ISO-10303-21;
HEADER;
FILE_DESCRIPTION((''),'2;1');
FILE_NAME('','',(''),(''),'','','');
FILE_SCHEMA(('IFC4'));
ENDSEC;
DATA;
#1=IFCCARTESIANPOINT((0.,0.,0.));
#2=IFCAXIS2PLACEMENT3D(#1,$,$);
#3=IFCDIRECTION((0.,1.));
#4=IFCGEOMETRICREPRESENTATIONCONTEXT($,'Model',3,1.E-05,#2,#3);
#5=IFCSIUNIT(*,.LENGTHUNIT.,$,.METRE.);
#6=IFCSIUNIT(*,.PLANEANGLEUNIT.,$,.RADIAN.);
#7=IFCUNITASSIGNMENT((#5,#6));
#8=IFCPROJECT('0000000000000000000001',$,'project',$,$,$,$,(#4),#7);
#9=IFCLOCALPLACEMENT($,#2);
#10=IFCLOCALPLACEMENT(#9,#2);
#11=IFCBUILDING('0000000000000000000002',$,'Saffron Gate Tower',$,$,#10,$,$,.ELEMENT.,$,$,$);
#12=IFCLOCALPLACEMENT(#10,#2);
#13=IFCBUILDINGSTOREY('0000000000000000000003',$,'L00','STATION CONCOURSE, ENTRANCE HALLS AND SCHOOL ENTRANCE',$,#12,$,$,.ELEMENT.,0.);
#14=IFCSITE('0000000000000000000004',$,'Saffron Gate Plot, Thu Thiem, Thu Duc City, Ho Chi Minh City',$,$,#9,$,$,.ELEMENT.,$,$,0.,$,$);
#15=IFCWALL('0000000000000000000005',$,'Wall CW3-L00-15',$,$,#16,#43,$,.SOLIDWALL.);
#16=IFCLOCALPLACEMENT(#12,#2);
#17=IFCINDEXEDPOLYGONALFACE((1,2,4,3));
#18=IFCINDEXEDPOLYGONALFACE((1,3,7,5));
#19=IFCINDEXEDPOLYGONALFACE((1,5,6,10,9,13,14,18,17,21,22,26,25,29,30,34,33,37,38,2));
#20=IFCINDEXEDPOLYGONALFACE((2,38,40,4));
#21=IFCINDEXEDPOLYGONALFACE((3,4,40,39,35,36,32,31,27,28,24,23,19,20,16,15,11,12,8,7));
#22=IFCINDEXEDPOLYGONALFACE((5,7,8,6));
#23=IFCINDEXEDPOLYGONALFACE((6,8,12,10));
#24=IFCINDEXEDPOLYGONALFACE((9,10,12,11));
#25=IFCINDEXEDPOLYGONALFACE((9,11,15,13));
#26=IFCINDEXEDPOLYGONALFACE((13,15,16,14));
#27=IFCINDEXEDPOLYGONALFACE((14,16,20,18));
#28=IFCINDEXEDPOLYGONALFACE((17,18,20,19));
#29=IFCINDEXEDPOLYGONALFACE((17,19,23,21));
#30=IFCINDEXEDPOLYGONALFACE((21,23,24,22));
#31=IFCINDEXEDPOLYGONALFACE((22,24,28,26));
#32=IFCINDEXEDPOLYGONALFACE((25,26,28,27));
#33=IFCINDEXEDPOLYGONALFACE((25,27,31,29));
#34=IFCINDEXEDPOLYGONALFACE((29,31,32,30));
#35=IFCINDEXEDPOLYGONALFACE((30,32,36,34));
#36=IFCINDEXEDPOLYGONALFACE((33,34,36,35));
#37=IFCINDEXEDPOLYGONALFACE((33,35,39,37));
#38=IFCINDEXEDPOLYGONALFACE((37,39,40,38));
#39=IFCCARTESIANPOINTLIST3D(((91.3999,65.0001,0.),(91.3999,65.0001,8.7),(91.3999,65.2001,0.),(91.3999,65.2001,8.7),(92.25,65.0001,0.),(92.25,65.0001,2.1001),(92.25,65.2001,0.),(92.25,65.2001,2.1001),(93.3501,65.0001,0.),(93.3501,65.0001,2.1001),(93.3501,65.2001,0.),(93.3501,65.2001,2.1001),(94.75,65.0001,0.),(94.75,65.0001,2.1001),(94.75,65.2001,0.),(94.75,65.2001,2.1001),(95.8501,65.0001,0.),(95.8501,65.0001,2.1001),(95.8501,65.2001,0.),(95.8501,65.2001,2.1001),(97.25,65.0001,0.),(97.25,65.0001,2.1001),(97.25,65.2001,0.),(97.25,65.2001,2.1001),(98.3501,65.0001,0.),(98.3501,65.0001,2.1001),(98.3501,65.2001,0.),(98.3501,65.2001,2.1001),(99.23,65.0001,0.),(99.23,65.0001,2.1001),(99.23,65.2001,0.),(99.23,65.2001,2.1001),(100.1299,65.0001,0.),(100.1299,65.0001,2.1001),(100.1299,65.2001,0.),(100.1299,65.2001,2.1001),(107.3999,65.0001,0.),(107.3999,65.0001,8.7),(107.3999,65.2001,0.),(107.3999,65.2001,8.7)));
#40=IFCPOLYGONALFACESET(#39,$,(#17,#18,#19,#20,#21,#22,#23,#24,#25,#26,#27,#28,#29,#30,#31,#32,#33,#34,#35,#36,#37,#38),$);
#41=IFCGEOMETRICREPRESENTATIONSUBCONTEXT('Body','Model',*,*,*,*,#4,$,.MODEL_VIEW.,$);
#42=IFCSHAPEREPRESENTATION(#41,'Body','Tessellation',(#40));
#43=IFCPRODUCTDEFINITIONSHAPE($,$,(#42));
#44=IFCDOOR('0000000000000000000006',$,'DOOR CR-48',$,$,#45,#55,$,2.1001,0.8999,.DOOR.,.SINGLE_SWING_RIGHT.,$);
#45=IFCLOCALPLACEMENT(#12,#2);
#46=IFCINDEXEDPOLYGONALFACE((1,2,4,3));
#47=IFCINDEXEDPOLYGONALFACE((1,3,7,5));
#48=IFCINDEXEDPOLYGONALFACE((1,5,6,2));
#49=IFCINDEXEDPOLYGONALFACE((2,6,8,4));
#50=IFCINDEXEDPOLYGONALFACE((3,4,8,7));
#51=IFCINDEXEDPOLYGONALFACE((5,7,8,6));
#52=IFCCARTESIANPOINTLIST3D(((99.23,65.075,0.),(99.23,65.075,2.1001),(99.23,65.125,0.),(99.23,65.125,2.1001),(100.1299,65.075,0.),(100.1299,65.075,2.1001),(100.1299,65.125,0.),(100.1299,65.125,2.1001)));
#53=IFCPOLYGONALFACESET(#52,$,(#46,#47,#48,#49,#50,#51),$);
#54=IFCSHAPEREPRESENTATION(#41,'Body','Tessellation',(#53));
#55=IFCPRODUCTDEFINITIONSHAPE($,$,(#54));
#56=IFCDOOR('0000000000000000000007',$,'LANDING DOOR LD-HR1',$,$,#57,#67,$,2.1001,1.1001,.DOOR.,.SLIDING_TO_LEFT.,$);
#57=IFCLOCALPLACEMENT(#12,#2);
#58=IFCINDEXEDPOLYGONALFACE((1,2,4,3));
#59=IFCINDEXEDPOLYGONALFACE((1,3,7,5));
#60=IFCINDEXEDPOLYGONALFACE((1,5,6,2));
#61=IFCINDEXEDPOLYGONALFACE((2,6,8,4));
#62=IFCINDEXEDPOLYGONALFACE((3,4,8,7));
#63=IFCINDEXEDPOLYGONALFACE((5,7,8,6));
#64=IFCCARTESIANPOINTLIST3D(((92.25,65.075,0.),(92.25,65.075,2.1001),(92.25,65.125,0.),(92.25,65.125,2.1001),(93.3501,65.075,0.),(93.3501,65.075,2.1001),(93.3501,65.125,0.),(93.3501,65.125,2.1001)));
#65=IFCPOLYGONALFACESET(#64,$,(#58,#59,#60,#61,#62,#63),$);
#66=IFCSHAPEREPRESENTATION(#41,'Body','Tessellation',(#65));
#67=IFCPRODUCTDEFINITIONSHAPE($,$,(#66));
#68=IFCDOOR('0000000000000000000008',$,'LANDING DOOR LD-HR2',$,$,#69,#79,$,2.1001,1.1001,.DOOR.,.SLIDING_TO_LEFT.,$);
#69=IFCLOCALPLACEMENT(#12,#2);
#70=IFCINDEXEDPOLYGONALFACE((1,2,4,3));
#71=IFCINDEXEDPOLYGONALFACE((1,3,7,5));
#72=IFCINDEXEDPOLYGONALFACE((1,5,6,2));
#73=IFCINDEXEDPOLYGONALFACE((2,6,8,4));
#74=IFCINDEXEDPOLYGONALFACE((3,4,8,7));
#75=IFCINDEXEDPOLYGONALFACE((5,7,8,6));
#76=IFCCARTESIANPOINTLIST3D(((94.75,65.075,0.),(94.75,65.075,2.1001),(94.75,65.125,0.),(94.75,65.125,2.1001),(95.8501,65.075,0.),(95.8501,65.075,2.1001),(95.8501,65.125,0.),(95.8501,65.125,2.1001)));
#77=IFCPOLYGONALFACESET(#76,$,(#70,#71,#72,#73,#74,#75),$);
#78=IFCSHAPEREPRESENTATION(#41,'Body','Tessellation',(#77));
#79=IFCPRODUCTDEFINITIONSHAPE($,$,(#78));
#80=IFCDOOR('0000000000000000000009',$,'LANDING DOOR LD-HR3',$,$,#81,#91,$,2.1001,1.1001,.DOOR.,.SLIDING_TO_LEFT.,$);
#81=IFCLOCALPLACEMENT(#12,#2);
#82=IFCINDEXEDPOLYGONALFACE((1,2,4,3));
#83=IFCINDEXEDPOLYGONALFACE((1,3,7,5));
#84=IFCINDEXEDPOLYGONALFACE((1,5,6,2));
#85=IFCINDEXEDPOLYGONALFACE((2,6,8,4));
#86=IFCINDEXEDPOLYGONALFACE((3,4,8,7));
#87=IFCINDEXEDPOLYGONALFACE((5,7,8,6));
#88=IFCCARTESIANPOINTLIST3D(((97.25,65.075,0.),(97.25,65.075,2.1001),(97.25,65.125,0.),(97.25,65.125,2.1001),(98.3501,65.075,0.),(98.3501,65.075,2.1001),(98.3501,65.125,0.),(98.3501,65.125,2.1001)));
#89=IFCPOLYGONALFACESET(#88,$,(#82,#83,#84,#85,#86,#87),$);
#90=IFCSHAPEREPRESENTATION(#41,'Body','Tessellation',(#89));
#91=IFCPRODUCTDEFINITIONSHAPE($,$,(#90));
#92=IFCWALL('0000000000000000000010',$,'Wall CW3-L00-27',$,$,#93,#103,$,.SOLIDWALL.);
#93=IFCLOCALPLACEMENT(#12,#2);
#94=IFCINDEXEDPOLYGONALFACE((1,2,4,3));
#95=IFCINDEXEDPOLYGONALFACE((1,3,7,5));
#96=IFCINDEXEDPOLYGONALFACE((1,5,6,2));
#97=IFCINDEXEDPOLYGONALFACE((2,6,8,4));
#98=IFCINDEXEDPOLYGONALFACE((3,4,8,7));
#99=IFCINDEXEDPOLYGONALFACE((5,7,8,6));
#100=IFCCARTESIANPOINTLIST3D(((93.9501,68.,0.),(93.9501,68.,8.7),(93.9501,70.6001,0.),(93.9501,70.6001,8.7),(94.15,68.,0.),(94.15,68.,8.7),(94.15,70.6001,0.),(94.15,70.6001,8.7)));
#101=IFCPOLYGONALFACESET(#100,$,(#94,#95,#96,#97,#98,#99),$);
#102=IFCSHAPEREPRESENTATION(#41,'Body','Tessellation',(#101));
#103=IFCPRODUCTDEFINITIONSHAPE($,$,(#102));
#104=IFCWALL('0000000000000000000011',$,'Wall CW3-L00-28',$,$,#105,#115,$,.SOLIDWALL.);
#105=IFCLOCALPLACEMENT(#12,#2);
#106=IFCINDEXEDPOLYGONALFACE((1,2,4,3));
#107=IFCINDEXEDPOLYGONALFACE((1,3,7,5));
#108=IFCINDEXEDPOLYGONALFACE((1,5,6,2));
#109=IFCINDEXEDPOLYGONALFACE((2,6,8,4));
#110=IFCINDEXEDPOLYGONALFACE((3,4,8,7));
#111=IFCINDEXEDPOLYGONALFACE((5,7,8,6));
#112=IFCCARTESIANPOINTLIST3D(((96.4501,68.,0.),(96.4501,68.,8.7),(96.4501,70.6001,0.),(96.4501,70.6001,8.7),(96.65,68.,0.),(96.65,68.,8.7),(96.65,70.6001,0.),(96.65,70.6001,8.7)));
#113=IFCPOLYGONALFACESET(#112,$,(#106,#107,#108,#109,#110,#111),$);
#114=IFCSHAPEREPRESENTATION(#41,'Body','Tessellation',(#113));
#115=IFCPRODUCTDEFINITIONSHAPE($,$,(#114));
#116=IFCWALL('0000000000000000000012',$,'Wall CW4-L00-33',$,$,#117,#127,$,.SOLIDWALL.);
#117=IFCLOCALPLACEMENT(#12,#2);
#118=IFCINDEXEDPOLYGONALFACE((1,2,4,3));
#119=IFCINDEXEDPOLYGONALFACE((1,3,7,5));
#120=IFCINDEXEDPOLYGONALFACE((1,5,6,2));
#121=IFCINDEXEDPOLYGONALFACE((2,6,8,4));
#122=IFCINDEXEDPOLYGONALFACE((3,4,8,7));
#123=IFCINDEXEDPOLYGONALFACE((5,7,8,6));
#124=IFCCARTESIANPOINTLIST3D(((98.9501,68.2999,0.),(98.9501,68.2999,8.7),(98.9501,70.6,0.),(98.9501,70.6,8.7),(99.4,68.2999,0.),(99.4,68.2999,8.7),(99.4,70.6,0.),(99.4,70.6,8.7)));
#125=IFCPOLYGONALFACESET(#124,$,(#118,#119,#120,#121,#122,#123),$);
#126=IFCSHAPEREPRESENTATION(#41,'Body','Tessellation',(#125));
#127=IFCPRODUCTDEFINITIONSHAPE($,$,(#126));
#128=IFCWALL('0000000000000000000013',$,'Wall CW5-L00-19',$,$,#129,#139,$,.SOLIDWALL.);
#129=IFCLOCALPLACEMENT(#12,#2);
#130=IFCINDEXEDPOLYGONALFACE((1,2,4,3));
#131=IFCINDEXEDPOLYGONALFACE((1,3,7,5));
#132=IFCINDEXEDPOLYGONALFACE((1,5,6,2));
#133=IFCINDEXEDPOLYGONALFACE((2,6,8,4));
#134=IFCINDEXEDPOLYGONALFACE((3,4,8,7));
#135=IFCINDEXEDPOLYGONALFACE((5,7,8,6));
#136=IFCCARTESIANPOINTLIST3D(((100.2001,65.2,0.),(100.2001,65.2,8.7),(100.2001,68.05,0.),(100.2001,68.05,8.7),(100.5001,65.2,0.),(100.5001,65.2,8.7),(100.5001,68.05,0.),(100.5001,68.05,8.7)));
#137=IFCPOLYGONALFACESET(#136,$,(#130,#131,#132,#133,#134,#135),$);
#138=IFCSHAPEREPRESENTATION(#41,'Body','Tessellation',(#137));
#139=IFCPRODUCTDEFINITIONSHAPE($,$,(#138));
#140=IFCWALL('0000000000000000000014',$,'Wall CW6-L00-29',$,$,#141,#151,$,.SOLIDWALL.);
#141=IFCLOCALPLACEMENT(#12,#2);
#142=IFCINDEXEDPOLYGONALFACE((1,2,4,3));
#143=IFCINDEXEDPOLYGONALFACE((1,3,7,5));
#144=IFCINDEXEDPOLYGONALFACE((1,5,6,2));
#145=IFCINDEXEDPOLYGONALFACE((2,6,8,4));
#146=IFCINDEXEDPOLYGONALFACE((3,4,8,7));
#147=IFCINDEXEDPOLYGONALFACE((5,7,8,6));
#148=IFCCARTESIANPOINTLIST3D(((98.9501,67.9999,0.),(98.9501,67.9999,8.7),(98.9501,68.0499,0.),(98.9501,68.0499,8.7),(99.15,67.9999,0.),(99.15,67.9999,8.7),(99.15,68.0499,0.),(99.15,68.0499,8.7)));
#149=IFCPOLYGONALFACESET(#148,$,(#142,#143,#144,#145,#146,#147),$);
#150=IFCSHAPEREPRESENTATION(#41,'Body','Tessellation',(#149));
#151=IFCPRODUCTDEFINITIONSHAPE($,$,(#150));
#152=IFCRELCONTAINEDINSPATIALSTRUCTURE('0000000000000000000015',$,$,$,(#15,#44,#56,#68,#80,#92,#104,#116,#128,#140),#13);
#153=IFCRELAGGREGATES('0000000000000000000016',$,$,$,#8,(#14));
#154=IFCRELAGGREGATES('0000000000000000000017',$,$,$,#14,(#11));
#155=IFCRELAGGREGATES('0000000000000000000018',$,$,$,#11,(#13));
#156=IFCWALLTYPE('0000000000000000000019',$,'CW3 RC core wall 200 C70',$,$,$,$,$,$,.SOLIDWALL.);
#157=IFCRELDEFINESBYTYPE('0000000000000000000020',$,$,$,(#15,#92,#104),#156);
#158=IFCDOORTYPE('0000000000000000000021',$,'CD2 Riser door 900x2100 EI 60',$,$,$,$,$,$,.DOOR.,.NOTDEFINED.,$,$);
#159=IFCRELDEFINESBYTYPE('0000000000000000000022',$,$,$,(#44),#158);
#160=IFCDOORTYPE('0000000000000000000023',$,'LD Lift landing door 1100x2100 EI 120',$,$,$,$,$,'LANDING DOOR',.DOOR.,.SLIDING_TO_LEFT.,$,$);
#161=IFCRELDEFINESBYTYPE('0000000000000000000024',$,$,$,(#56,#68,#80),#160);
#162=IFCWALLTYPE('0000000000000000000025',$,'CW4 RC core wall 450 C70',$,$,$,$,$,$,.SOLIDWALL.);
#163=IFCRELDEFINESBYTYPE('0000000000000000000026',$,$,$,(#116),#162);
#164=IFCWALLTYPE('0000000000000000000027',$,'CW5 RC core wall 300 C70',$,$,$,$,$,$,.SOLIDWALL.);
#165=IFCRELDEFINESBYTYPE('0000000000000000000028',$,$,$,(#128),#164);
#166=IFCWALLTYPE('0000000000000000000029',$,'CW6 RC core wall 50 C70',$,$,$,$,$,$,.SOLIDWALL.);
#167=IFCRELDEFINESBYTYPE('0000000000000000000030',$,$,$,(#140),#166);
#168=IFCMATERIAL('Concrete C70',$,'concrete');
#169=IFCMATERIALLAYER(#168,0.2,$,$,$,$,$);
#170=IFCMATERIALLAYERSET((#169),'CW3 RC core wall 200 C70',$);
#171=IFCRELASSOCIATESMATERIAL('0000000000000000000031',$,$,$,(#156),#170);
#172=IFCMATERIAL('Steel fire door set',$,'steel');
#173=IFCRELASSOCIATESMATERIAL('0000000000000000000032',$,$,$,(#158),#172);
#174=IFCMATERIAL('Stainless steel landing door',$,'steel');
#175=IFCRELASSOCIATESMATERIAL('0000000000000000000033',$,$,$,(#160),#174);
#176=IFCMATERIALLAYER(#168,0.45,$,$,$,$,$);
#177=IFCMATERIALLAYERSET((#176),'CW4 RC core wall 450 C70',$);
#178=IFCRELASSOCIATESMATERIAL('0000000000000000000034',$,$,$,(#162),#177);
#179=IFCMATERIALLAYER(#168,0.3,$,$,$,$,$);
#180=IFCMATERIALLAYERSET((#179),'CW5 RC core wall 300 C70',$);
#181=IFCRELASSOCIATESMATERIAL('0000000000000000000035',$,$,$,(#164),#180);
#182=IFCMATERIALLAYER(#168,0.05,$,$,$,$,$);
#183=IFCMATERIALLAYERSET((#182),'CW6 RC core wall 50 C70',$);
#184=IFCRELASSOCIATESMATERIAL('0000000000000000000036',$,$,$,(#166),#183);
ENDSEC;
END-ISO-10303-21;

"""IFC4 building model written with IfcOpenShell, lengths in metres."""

from ifc_helpers import new_model, si_unit, direction, frame, frame_2d, origin, place, context, subcontext, project, spatial, rectangle, extrude, material, layer, layer_set, type_object, element, fill, save


model = new_model("IFC4")

# Units and contexts
model_context = context("Model", 3, precision=1e-05, world=origin(), true_north=direction((0.0, 1.0)))
body_context = subcontext(model_context, "Body", "Model", "MODEL_VIEW")
ifc_project = project(units=[si_unit("LENGTHUNIT", "METRE"), si_unit("PLANEANGLEUNIT", "RADIAN")], contexts=[model_context])

# Site, building, storey
site_placement = place(None, origin())
site = spatial("IfcSite", under=ifc_project, at=site_placement, Name="Saffron Gate Plot, Thu Thiem, Thu Duc City, Ho Chi Minh City", CompositionType="ELEMENT", RefElevation=0.0)
building_placement = place(site_placement, origin())
building = spatial("IfcBuilding", under=site, at=building_placement, Name="Saffron Gate Tower", CompositionType="ELEMENT")
storey_placement = place(building_placement, origin())
storey = spatial("IfcBuildingStorey", under=building, at=storey_placement, Name="L00", Description="STATION CONCOURSE, ENTRANCE HALLS AND SCHOOL ENTRANCE", CompositionType="ELEMENT", Elevation=0.0)

# Shared definitions
ifc_material_1 = material(Name="Concrete C70", Category="concrete")
ifc_material_2 = material(Name="Steel fire door set", Category="steel")

# Wall, openings, doors
ifc_layer_1 = layer(ifc_material_1, 0.2)
ifc_layer_set_1 = layer_set([ifc_layer_1], Name="CW3 RC core wall 200 C70")
wall_type_1 = type_object("IfcWallType", Name="CW3 RC core wall 200 C70", PredefinedType="SOLIDWALL", material=ifc_layer_set_1)
wall_1_placement = place(storey_placement, frame((91.3999, 65.1001, 0.0), z_axis=(0.0, 0.0, 1.0), x_axis=(1.0, 0.0, 0.0)))
wall_1 = element("IfcWall", 1, at=wall_1_placement, inside=storey, type_object=wall_type_1, Name="Wall CW3-L00-15", PredefinedType="SOLIDWALL", context=body_context, shape_type="SweptSolid", body=[
    extrude(rectangle(XDim=16.0, YDim=0.2, at=frame_2d((8.0, 0.0))), origin(), (0.0, 0.0, 1.0), 8.7),
])
opening_1_placement = place(wall_1_placement, frame((0.8501, 0.0, 0.0)))
opening_1 = element("IfcOpeningElement", 2, at=opening_1_placement, cuts=wall_1, PredefinedType="OPENING", context=body_context, shape_type="SweptSolid", body=[
    extrude(rectangle(XDim=1.1001, YDim=2.1001, at=frame_2d((0.55, 1.05))), frame((0.0, 0.1099, 0.0), z_axis=(0.0, -1.0, 0.0), x_axis=(1.0, 0.0, 0.0)), (0.0, 0.0, 1.0), 0.22),
])
opening_2_placement = place(wall_1_placement, frame((3.3501, 0.0, 0.0)))
opening_2 = element("IfcOpeningElement", 3, at=opening_2_placement, cuts=wall_1, PredefinedType="OPENING", context=body_context, shape_type="SweptSolid", body=[
    extrude(rectangle(XDim=1.1001, YDim=2.1001, at=frame_2d((0.55, 1.05))), frame((0.0, 0.1099, 0.0), z_axis=(0.0, -1.0, 0.0), x_axis=(1.0, 0.0, 0.0)), (0.0, 0.0, 1.0), 0.22),
])
opening_3_placement = place(wall_1_placement, frame((5.8501, 0.0, 0.0)))
opening_3 = element("IfcOpeningElement", 4, at=opening_3_placement, cuts=wall_1, PredefinedType="OPENING", context=body_context, shape_type="SweptSolid", body=[
    extrude(rectangle(XDim=1.1001, YDim=2.1001, at=frame_2d((0.55, 1.05))), frame((0.0, 0.1099, 0.0), z_axis=(0.0, -1.0, 0.0), x_axis=(1.0, 0.0, 0.0)), (0.0, 0.0, 1.0), 0.22),
])
opening_4_placement = place(wall_1_placement, frame((7.8301, 0.0, 0.0)))
opening_4 = element("IfcOpeningElement", 5, at=opening_4_placement, cuts=wall_1, PredefinedType="OPENING", context=body_context, shape_type="SweptSolid", body=[
    extrude(rectangle(XDim=0.8999, YDim=2.1001, at=frame_2d((0.45, 1.05))), frame((0.0, 0.1099, 0.0), z_axis=(0.0, -1.0, 0.0), x_axis=(1.0, 0.0, 0.0)), (0.0, 0.0, 1.0), 0.22),
])
door_type_1 = type_object("IfcDoorType", Name="CD2 Riser door 900x2100 EI 60", OperationType="NOTDEFINED", PredefinedType="DOOR", material=ifc_material_2)
door_1_placement = place(opening_4_placement, origin())
door_1 = element("IfcDoor", 6, at=door_1_placement, inside=storey, type_object=door_type_1, Name="DOOR CR-48", OperationType="SINGLE_SWING_RIGHT", OverallHeight=2.1001, OverallWidth=0.8999, PredefinedType="DOOR", context=body_context, shape_type="SweptSolid", body=[
    extrude(rectangle(XDim=0.8999, YDim=2.1001, at=frame_2d((0.45, 1.05))), frame((0.0, 0.0249, 0.0), z_axis=(0.0, -1.0, 0.0), x_axis=(1.0, 0.0, 0.0)), (0.0, 0.0, 1.0), 0.05),
])
fill(opening_4, door_1)
ifc_material_3 = material(Name="Stainless steel landing door", Category="steel")
door_type_2 = type_object("IfcDoorType", Name="LD Lift landing door 1100x2100 EI 120", ElementType="LANDING DOOR", OperationType="SLIDING_TO_LEFT", PredefinedType="DOOR", material=ifc_material_3)
door_2_placement = place(opening_1_placement, origin())
door_2 = element("IfcDoor", 7, at=door_2_placement, inside=storey, type_object=door_type_2, Name="LANDING DOOR LD-HR1", OperationType="SLIDING_TO_LEFT", OverallHeight=2.1001, OverallWidth=1.1001, PredefinedType="DOOR", context=body_context, shape_type="SweptSolid", body=[
    extrude(rectangle(XDim=1.1001, YDim=2.1001, at=frame_2d((0.55, 1.05))), frame((0.0, 0.0249, 0.0), z_axis=(0.0, -1.0, 0.0), x_axis=(1.0, 0.0, 0.0)), (0.0, 0.0, 1.0), 0.05),
])
fill(opening_1, door_2)
door_3_placement = place(opening_2_placement, origin())
door_3 = element("IfcDoor", 8, at=door_3_placement, inside=storey, type_object=door_type_2, Name="LANDING DOOR LD-HR2", OperationType="SLIDING_TO_LEFT", OverallHeight=2.1001, OverallWidth=1.1001, PredefinedType="DOOR", context=body_context, shape_type="SweptSolid", body=[
    extrude(rectangle(XDim=1.1001, YDim=2.1001, at=frame_2d((0.55, 1.05))), frame((0.0, 0.0249, 0.0), z_axis=(0.0, -1.0, 0.0), x_axis=(1.0, 0.0, 0.0)), (0.0, 0.0, 1.0), 0.05),
])
fill(opening_2, door_3)
door_4_placement = place(opening_3_placement, origin())
door_4 = element("IfcDoor", 9, at=door_4_placement, inside=storey, type_object=door_type_2, Name="LANDING DOOR LD-HR3", OperationType="SLIDING_TO_LEFT", OverallHeight=2.1001, OverallWidth=1.1001, PredefinedType="DOOR", context=body_context, shape_type="SweptSolid", body=[
    extrude(rectangle(XDim=1.1001, YDim=2.1001, at=frame_2d((0.55, 1.05))), frame((0.0, 0.0249, 0.0), z_axis=(0.0, -1.0, 0.0), x_axis=(1.0, 0.0, 0.0)), (0.0, 0.0, 1.0), 0.05),
])
fill(opening_3, door_4)

# Walls
for number, where, z_axis, x_axis, name in (
    (10, (94.05, 68.0, 0.0), (0.0, 0.0, 1.0), (0.0, 1.0, 0.0), "Wall CW3-L00-27"),
    (11, (96.55, 68.0, 0.0), (0.0, 0.0, 1.0), (0.0, 1.0, 0.0), "Wall CW3-L00-28"),
):
    element("IfcWall", number, at=place(storey_placement, frame(where, z_axis=z_axis, x_axis=x_axis)), inside=storey, type_object=wall_type_1, Name=name, PredefinedType="SOLIDWALL", context=body_context, shape_type="SweptSolid", body=[
        extrude(rectangle(XDim=2.6001, YDim=0.2, at=frame_2d((1.3, 0.0))), origin(), (0.0, 0.0, 1.0), 8.7),
    ])
ifc_layer_2 = layer(ifc_material_1, 0.45)
ifc_layer_set_2 = layer_set([ifc_layer_2], Name="CW4 RC core wall 450 C70")
wall_type_2 = type_object("IfcWallType", Name="CW4 RC core wall 450 C70", PredefinedType="SOLIDWALL", material=ifc_layer_set_2)
wall_2_placement = place(storey_placement, frame((99.175, 68.3, 0.0), z_axis=(0.0, 0.0, 1.0), x_axis=(0.0, 1.0, 0.0)))
element("IfcWall", 12, at=wall_2_placement, inside=storey, type_object=wall_type_2, Name="Wall CW4-L00-33", PredefinedType="SOLIDWALL", context=body_context, shape_type="SweptSolid", body=[
    extrude(rectangle(XDim=2.3, YDim=0.45, at=frame_2d((1.1499, 0.0))), origin(), (0.0, 0.0, 1.0), 8.7),
])
ifc_layer_3 = layer(ifc_material_1, 0.3)
ifc_layer_set_3 = layer_set([ifc_layer_3], Name="CW5 RC core wall 300 C70")
wall_type_3 = type_object("IfcWallType", Name="CW5 RC core wall 300 C70", PredefinedType="SOLIDWALL", material=ifc_layer_set_3)
wall_3_placement = place(storey_placement, frame((100.3501, 65.2, 0.0), z_axis=(0.0, 0.0, 1.0), x_axis=(0.0, 1.0, 0.0)))
element("IfcWall", 13, at=wall_3_placement, inside=storey, type_object=wall_type_3, Name="Wall CW5-L00-19", PredefinedType="SOLIDWALL", context=body_context, shape_type="SweptSolid", body=[
    extrude(rectangle(XDim=2.8501, YDim=0.3, at=frame_2d((1.425, 0.0))), origin(), (0.0, 0.0, 1.0), 8.7),
])
ifc_layer_4 = layer(ifc_material_1, 0.05)
ifc_layer_set_4 = layer_set([ifc_layer_4], Name="CW6 RC core wall 50 C70")
wall_type_4 = type_object("IfcWallType", Name="CW6 RC core wall 50 C70", PredefinedType="SOLIDWALL", material=ifc_layer_set_4)
wall_4_placement = place(storey_placement, frame((98.95, 68.0249, 0.0), z_axis=(0.0, 0.0, 1.0), x_axis=(1.0, 0.0, 0.0)))
element("IfcWall", 14, at=wall_4_placement, inside=storey, type_object=wall_type_4, Name="Wall CW6-L00-29", PredefinedType="SOLIDWALL", context=body_context, shape_type="SweptSolid", body=[
    extrude(rectangle(XDim=0.2, YDim=0.05, at=frame_2d((0.1001, 0.0))), origin(), (0.0, 0.0, 1.0), 8.7),
])

save(model, "model.ifc")
